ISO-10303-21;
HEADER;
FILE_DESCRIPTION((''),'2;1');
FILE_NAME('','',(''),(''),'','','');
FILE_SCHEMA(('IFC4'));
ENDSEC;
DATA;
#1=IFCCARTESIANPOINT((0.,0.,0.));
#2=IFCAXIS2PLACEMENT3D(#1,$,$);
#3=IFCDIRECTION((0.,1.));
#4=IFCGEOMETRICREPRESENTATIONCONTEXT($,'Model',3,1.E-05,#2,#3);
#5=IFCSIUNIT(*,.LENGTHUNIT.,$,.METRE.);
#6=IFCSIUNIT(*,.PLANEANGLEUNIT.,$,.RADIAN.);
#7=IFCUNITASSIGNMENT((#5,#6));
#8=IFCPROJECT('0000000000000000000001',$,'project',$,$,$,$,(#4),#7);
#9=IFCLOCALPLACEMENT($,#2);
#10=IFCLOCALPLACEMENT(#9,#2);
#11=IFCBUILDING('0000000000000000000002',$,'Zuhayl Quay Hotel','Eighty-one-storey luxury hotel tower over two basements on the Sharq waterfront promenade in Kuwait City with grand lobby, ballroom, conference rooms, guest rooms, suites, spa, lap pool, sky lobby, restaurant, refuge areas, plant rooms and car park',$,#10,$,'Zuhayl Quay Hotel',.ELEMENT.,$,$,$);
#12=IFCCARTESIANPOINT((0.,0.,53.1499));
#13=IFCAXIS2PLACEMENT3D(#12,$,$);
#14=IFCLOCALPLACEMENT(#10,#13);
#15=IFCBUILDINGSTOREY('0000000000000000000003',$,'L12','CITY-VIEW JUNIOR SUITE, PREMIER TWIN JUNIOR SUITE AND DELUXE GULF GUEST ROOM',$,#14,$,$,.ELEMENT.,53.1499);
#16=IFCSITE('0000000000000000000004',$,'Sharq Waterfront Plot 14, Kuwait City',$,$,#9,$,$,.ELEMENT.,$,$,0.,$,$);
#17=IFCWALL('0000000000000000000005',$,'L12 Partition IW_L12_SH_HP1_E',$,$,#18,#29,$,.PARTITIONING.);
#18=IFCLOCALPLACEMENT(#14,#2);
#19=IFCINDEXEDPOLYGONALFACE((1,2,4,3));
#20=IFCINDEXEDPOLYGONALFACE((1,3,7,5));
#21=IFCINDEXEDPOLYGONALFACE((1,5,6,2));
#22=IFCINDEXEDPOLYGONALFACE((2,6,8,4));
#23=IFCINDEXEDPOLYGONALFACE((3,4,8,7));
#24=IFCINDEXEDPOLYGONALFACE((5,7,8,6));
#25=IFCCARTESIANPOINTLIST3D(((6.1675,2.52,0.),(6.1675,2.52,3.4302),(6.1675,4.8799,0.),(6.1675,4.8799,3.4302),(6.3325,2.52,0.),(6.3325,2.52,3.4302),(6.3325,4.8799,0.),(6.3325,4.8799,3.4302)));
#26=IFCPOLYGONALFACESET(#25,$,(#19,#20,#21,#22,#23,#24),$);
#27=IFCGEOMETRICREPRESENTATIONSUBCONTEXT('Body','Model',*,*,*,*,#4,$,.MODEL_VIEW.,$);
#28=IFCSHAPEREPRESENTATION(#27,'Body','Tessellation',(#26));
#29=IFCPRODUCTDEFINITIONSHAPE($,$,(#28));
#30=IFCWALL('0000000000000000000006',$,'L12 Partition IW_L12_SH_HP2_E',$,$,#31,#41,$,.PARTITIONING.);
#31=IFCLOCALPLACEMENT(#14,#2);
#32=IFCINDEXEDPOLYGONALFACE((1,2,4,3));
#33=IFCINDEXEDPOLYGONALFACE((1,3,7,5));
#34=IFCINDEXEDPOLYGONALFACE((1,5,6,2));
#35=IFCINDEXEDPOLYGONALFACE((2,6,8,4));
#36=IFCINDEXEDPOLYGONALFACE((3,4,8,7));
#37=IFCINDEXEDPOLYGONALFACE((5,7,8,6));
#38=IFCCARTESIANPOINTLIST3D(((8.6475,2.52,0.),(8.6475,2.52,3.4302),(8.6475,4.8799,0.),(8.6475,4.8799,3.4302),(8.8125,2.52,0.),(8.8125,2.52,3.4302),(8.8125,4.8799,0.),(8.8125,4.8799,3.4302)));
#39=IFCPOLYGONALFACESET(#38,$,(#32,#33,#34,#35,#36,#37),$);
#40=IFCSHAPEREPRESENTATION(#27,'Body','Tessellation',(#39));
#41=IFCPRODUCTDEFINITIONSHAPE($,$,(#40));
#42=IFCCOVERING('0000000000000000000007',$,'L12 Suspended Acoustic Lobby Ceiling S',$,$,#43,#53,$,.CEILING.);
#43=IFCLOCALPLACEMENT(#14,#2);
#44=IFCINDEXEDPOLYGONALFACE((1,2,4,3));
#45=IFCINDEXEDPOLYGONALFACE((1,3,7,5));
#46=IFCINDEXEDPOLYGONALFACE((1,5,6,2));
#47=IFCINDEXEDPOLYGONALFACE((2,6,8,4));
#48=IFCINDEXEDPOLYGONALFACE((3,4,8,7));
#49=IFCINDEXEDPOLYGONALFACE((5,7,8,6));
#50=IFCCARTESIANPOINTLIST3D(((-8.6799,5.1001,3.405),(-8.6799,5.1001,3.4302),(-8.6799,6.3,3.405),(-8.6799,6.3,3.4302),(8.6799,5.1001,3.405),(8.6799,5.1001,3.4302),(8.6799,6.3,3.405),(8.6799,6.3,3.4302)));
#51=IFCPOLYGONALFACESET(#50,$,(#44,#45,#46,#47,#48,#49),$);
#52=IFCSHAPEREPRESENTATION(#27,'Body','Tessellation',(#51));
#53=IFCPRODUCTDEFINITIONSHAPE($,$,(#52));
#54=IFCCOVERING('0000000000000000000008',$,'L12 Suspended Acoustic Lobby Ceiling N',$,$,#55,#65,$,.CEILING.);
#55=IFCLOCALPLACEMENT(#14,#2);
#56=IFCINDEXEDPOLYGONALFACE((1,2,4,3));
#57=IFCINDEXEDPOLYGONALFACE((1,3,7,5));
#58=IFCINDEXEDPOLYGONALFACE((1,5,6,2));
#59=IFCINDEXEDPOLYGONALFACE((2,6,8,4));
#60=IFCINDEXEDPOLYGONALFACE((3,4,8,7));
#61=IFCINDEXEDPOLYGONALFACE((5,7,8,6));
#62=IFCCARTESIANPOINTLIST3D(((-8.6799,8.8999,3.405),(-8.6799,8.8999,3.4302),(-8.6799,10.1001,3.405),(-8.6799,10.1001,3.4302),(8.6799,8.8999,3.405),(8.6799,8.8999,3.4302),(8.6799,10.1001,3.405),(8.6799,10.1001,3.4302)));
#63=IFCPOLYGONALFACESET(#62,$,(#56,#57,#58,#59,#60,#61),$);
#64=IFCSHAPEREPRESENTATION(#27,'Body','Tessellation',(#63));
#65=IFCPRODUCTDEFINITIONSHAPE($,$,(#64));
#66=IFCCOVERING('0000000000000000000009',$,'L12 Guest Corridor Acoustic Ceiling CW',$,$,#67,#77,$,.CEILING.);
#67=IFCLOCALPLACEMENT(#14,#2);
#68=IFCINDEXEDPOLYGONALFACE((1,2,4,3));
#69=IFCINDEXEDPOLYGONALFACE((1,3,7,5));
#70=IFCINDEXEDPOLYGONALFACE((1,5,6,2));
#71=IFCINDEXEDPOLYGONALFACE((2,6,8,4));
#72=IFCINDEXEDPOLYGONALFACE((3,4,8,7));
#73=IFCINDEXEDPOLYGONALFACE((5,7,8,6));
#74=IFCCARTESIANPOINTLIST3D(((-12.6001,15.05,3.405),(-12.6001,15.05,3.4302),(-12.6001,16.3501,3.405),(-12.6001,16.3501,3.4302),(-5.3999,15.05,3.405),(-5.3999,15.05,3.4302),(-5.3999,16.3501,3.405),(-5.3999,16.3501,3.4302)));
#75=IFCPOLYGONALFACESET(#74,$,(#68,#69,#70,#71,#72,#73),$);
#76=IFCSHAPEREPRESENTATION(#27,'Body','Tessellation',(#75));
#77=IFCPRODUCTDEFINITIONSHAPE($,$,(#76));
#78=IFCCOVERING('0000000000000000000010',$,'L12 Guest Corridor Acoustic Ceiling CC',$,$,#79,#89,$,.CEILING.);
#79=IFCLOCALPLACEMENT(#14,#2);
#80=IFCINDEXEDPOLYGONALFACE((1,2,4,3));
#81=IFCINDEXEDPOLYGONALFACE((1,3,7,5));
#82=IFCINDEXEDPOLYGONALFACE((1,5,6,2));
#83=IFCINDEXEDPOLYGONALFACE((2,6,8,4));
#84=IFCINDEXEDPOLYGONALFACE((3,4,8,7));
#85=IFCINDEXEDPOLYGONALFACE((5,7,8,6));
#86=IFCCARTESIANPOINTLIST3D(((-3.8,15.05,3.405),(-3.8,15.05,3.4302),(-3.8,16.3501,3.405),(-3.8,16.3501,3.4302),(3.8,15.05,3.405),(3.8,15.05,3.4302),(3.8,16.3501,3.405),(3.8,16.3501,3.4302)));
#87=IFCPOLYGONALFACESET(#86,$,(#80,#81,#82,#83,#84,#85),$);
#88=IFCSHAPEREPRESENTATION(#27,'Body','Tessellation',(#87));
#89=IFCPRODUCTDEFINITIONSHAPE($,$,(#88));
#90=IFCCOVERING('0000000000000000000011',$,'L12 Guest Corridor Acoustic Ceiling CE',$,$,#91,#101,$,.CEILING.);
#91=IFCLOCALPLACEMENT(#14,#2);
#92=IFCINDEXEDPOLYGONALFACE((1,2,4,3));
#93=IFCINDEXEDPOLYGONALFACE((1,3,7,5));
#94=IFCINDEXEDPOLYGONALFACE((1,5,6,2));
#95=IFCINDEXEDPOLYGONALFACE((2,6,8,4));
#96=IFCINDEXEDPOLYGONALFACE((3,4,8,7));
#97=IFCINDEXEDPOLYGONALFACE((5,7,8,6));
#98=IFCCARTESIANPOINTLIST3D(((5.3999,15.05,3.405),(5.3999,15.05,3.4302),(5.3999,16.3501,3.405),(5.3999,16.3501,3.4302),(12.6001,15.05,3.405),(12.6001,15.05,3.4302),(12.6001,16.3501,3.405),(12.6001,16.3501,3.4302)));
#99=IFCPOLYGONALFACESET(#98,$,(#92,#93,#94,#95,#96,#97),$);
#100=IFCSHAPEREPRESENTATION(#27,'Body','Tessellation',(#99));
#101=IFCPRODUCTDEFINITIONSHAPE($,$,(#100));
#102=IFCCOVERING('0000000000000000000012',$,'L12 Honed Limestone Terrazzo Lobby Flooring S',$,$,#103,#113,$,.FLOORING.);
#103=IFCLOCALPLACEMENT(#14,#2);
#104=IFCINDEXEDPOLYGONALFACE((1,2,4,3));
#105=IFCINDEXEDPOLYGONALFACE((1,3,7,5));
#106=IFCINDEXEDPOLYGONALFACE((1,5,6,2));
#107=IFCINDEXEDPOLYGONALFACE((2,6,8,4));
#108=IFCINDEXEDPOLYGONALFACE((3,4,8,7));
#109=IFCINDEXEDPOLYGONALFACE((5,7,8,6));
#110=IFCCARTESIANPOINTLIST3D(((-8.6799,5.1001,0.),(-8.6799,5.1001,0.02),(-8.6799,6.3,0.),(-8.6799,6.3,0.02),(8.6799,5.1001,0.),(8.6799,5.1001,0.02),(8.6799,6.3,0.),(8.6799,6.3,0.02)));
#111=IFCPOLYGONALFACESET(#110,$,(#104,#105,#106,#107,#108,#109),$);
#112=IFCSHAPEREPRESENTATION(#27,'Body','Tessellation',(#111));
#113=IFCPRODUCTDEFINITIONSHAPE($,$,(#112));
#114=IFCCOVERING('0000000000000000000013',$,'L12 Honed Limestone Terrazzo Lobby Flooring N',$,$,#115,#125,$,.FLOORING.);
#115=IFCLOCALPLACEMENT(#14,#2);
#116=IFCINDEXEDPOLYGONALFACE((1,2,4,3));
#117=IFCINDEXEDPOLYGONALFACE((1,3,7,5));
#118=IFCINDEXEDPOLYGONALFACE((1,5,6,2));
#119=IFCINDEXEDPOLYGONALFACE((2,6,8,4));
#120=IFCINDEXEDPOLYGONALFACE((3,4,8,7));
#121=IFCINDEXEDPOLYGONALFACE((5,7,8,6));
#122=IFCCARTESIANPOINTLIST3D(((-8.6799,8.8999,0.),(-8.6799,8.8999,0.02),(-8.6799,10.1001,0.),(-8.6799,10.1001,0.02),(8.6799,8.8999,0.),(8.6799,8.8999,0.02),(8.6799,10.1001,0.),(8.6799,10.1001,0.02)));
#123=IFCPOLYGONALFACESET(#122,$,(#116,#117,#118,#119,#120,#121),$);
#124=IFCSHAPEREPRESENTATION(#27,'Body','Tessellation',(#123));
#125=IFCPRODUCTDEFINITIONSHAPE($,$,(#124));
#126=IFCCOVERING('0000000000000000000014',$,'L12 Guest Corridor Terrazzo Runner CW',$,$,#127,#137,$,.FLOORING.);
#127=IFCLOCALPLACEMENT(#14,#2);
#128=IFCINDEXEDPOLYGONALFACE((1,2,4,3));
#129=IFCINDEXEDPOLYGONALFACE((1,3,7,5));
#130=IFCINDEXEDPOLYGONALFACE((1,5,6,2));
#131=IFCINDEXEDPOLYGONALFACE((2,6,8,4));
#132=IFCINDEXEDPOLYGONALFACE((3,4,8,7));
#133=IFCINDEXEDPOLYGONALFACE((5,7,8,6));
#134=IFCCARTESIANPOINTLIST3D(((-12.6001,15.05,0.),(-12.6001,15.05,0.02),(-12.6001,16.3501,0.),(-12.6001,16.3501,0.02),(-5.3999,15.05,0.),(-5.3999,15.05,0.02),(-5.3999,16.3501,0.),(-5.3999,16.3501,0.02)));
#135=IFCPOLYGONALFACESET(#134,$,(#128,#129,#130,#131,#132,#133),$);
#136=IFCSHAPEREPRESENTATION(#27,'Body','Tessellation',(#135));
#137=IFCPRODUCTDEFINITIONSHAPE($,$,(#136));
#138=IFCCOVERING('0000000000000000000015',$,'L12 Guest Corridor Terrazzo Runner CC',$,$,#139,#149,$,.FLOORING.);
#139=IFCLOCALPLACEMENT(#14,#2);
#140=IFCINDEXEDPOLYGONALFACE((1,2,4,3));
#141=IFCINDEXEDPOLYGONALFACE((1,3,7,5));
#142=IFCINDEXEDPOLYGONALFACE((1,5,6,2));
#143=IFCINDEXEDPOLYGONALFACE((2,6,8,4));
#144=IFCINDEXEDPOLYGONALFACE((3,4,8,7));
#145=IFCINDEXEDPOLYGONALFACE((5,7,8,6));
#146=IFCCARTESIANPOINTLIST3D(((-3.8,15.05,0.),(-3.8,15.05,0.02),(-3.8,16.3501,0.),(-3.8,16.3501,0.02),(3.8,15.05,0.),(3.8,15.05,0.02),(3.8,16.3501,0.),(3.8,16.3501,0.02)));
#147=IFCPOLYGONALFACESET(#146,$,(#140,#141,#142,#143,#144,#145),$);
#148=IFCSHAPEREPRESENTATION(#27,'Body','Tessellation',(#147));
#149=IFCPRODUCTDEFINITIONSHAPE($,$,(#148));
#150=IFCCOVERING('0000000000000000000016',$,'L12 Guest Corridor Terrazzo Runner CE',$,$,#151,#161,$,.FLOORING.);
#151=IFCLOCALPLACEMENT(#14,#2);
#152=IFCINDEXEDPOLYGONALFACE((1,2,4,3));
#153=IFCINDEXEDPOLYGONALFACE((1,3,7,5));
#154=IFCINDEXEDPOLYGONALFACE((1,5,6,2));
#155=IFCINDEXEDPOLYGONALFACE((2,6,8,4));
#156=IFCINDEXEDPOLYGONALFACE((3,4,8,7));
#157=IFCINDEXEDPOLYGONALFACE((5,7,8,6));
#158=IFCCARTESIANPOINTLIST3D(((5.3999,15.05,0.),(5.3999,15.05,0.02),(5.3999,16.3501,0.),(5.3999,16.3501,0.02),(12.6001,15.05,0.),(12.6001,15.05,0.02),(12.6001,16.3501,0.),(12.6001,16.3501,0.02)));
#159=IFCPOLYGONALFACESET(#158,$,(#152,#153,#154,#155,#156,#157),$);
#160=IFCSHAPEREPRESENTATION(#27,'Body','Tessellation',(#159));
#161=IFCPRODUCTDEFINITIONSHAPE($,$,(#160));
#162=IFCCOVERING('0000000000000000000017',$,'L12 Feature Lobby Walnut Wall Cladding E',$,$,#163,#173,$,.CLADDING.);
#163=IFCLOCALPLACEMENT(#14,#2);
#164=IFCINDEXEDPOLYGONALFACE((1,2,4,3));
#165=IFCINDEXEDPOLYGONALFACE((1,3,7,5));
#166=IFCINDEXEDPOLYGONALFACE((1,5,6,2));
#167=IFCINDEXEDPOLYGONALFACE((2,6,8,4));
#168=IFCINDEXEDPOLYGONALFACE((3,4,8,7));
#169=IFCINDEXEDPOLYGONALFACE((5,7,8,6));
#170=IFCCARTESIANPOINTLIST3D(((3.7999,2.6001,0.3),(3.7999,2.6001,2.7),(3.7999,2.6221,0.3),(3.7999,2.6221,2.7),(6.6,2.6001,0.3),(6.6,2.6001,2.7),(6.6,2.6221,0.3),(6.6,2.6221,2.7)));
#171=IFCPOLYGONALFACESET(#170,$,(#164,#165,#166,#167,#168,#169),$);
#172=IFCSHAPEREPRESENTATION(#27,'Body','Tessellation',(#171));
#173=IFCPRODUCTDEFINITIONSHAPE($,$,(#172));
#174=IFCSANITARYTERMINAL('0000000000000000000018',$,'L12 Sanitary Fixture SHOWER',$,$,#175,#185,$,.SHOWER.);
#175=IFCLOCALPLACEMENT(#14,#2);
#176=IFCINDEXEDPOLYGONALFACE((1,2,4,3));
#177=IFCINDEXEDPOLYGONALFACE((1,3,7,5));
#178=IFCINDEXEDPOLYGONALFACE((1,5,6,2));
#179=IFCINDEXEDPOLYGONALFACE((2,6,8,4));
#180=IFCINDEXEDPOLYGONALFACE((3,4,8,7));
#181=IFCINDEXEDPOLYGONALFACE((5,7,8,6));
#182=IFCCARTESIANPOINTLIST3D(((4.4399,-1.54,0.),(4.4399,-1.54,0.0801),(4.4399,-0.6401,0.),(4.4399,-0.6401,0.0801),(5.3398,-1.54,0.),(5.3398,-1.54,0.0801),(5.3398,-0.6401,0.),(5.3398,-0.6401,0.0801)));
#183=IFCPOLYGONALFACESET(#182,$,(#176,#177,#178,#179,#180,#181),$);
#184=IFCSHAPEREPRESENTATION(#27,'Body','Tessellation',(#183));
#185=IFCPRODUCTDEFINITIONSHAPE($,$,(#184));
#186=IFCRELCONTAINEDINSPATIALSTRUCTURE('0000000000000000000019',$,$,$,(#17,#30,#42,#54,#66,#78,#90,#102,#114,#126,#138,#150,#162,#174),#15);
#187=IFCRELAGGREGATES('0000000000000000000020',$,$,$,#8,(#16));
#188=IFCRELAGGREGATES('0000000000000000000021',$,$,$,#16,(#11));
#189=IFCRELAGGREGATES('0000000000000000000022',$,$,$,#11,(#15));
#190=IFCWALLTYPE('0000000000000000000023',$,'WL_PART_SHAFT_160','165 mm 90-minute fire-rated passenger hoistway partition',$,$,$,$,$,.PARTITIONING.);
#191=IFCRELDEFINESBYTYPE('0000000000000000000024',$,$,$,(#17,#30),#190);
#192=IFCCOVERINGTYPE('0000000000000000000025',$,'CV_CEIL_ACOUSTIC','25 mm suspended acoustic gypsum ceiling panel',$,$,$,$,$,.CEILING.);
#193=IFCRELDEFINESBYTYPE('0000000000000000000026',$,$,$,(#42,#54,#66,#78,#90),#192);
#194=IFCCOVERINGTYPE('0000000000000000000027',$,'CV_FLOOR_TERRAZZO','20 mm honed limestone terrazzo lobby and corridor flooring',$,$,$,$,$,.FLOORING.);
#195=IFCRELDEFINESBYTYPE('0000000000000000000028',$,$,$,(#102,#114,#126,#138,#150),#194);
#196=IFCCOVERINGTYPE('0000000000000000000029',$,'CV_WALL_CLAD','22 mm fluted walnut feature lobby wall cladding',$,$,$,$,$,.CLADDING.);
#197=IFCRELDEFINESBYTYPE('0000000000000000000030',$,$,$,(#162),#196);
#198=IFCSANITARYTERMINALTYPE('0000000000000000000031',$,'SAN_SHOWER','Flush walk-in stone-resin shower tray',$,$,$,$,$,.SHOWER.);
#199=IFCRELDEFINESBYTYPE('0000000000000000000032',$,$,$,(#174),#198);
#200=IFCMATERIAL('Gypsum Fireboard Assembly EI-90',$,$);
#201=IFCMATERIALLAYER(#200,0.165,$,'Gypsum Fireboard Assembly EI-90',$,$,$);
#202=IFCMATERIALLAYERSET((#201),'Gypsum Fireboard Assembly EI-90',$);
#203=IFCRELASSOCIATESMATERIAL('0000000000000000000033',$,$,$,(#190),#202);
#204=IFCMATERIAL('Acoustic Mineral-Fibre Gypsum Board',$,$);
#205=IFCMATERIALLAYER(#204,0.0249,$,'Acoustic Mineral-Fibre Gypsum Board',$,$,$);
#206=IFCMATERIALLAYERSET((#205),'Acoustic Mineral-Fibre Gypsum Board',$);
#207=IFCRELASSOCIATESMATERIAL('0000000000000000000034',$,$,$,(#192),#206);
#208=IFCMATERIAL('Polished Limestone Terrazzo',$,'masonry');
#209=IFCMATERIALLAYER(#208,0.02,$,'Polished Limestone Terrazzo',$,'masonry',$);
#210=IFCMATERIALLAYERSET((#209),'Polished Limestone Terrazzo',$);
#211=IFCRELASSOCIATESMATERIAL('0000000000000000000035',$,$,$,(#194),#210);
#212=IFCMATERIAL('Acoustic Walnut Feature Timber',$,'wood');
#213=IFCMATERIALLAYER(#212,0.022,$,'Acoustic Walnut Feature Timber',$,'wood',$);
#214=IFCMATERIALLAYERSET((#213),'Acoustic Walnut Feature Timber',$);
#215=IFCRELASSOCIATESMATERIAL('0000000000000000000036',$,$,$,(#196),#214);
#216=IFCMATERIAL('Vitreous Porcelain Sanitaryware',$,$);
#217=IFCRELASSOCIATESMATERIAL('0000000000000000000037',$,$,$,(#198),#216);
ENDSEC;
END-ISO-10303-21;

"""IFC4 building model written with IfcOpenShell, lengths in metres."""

from ifc_helpers import new_model, si_unit, direction, frame, frame_2d, origin, origin_2d, place, context, subcontext, project, spatial, polyline, rectangle, outline, extrude, material, layer, layer_set, type_object, element, save


model = new_model("IFC4")

# Units and contexts
model_context = context("Model", 3, precision=1e-05, world=origin(), true_north=direction((0.0, 1.0)))
body_context = subcontext(model_context, "Body", "Model", "MODEL_VIEW")
ifc_project = project(units=[si_unit("LENGTHUNIT", "METRE"), si_unit("PLANEANGLEUNIT", "RADIAN")], contexts=[model_context])

# Site, building, storey
site_placement = place(None, origin())
site = spatial("IfcSite", under=ifc_project, at=site_placement, Name="Sharq Waterfront Plot 14, Kuwait City", CompositionType="ELEMENT", RefElevation=0.0)
building_placement = place(site_placement, origin())
building = spatial("IfcBuilding", under=site, at=building_placement, Name="Zuhayl Quay Hotel", Description="Eighty-one-storey luxury hotel tower over two basements on the Sharq waterfront promenade in Kuwait City with grand lobby, ballroom, conference rooms, guest rooms, suites, spa, lap pool, sky lobby, restaurant, refuge areas, plant rooms and car park", LongName="Zuhayl Quay Hotel", CompositionType="ELEMENT")
storey_placement = place(building_placement, frame((0.0, 0.0, 53.1499)))
storey = spatial("IfcBuildingStorey", under=building, at=storey_placement, Name="L12", Description="CITY-VIEW JUNIOR SUITE, PREMIER TWIN JUNIOR SUITE AND DELUXE GULF GUEST ROOM", CompositionType="ELEMENT", Elevation=53.1499)

# Walls
ifc_material_1 = material(Name="Gypsum Fireboard Assembly EI-90")
ifc_layer_1 = layer(ifc_material_1, 0.165, Name="Gypsum Fireboard Assembly EI-90")
ifc_layer_set_1 = layer_set([ifc_layer_1], Name="Gypsum Fireboard Assembly EI-90")
wall_type_1 = type_object("IfcWallType", Name="WL_PART_SHAFT_160", Description="165 mm 90-minute fire-rated passenger hoistway partition", PredefinedType="PARTITIONING", material=ifc_layer_set_1)
for number, where, z_axis, x_axis, name in (
    (1, (6.25, 2.52, 0.0), (0.0, 0.0, 1.0), (0.0, 1.0, 0.0), "L12 Partition IW_L12_SH_HP1_E"),
    (2, (8.73, 2.52, 0.0), (0.0, 0.0, 1.0), (0.0, 1.0, 0.0), "L12 Partition IW_L12_SH_HP2_E"),
):
    element("IfcWall", number, at=place(storey_placement, frame(where, z_axis=z_axis, x_axis=x_axis)), inside=storey, type_object=wall_type_1, Name=name, PredefinedType="PARTITIONING", context=body_context, shape_type="SweptSolid", body=[
        extrude(rectangle(XDim=2.3599, YDim=0.165, at=frame_2d((1.1799, 0.0))), origin(), (0.0, 0.0, 1.0), 3.4302),
    ])

# Coverings
ifc_material_2 = material(Name="Acoustic Mineral-Fibre Gypsum Board")
ifc_layer_2 = layer(ifc_material_2, 0.0249, Name="Acoustic Mineral-Fibre Gypsum Board")
ifc_layer_set_2 = layer_set([ifc_layer_2], Name="Acoustic Mineral-Fibre Gypsum Board")
covering_type_1 = type_object("IfcCoveringType", Name="CV_CEIL_ACOUSTIC", Description="25 mm suspended acoustic gypsum ceiling panel", PredefinedType="CEILING", material=ifc_layer_set_2)
covering_1_placement = place(storey_placement, frame((0.0, 0.0, 3.405)))
element("IfcCovering", 3, at=covering_1_placement, inside=storey, type_object=covering_type_1, Name="L12 Suspended Acoustic Lobby Ceiling S", PredefinedType="CEILING", context=body_context, shape_type="SweptSolid", body=[
    extrude(outline(polyline([(-8.6799, 5.1001), (8.6799, 5.1001), (8.6799, 6.3), (-8.6799, 6.3), (-8.6799, 5.1001)])), origin(), (0.0, 0.0, 1.0), 0.0251),
])
covering_2_placement = place(storey_placement, frame((0.0, 0.0, 3.405)))
element("IfcCovering", 4, at=covering_2_placement, inside=storey, type_object=covering_type_1, Name="L12 Suspended Acoustic Lobby Ceiling N", PredefinedType="CEILING", context=body_context, shape_type="SweptSolid", body=[
    extrude(outline(polyline([(-8.6799, 8.8999), (8.6799, 8.8999), (8.6799, 10.1001), (-8.6799, 10.1001), (-8.6799, 8.8999)])), origin(), (0.0, 0.0, 1.0), 0.0251),
])
covering_3_placement = place(storey_placement, frame((0.0, 0.0, 3.405)))
element("IfcCovering", 5, at=covering_3_placement, inside=storey, type_object=covering_type_1, Name="L12 Guest Corridor Acoustic Ceiling CW", PredefinedType="CEILING", context=body_context, shape_type="SweptSolid", body=[
    extrude(outline(polyline([(-12.6001, 15.05), (-5.3999, 15.05), (-5.3999, 16.3501), (-12.6001, 16.3501), (-12.6001, 15.05)])), origin(), (0.0, 0.0, 1.0), 0.0251),
])
covering_4_placement = place(storey_placement, frame((0.0, 0.0, 3.405)))
element("IfcCovering", 6, at=covering_4_placement, inside=storey, type_object=covering_type_1, Name="L12 Guest Corridor Acoustic Ceiling CC", PredefinedType="CEILING", context=body_context, shape_type="SweptSolid", body=[
    extrude(outline(polyline([(-3.8, 15.05), (3.8, 15.05), (3.8, 16.3501), (-3.8, 16.3501), (-3.8, 15.05)])), origin(), (0.0, 0.0, 1.0), 0.0251),
])
covering_5_placement = place(storey_placement, frame((0.0, 0.0, 3.405)))
element("IfcCovering", 7, at=covering_5_placement, inside=storey, type_object=covering_type_1, Name="L12 Guest Corridor Acoustic Ceiling CE", PredefinedType="CEILING", context=body_context, shape_type="SweptSolid", body=[
    extrude(outline(polyline([(5.3999, 15.05), (12.6001, 15.05), (12.6001, 16.3501), (5.3999, 16.3501), (5.3999, 15.05)])), origin(), (0.0, 0.0, 1.0), 0.0251),
])
ifc_material_3 = material(Name="Polished Limestone Terrazzo", Category="masonry")
ifc_layer_3 = layer(ifc_material_3, 0.02, Name="Polished Limestone Terrazzo", Category="masonry")
ifc_layer_set_3 = layer_set([ifc_layer_3], Name="Polished Limestone Terrazzo")
covering_type_2 = type_object("IfcCoveringType", Name="CV_FLOOR_TERRAZZO", Description="20 mm honed limestone terrazzo lobby and corridor flooring", PredefinedType="FLOORING", material=ifc_layer_set_3)
covering_6_placement = place(storey_placement, origin())
element("IfcCovering", 8, at=covering_6_placement, inside=storey, type_object=covering_type_2, Name="L12 Honed Limestone Terrazzo Lobby Flooring S", PredefinedType="FLOORING", context=body_context, shape_type="SweptSolid", body=[
    extrude(outline(polyline([(-8.6799, 5.1001), (8.6799, 5.1001), (8.6799, 6.3), (-8.6799, 6.3), (-8.6799, 5.1001)])), origin(), (0.0, 0.0, 1.0), 0.02),
])
covering_7_placement = place(storey_placement, origin())
element("IfcCovering", 9, at=covering_7_placement, inside=storey, type_object=covering_type_2, Name="L12 Honed Limestone Terrazzo Lobby Flooring N", PredefinedType="FLOORING", context=body_context, shape_type="SweptSolid", body=[
    extrude(outline(polyline([(-8.6799, 8.8999), (8.6799, 8.8999), (8.6799, 10.1001), (-8.6799, 10.1001), (-8.6799, 8.8999)])), origin(), (0.0, 0.0, 1.0), 0.02),
])
covering_8_placement = place(storey_placement, origin())
element("IfcCovering", 10, at=covering_8_placement, inside=storey, type_object=covering_type_2, Name="L12 Guest Corridor Terrazzo Runner CW", PredefinedType="FLOORING", context=body_context, shape_type="SweptSolid", body=[
    extrude(outline(polyline([(-12.6001, 15.05), (-5.3999, 15.05), (-5.3999, 16.3501), (-12.6001, 16.3501), (-12.6001, 15.05)])), origin(), (0.0, 0.0, 1.0), 0.02),
])
covering_9_placement = place(storey_placement, origin())
element("IfcCovering", 11, at=covering_9_placement, inside=storey, type_object=covering_type_2, Name="L12 Guest Corridor Terrazzo Runner CC", PredefinedType="FLOORING", context=body_context, shape_type="SweptSolid", body=[
    extrude(outline(polyline([(-3.8, 15.05), (3.8, 15.05), (3.8, 16.3501), (-3.8, 16.3501), (-3.8, 15.05)])), origin(), (0.0, 0.0, 1.0), 0.02),
])
covering_10_placement = place(storey_placement, origin())
element("IfcCovering", 12, at=covering_10_placement, inside=storey, type_object=covering_type_2, Name="L12 Guest Corridor Terrazzo Runner CE", PredefinedType="FLOORING", context=body_context, shape_type="SweptSolid", body=[
    extrude(outline(polyline([(5.3999, 15.05), (12.6001, 15.05), (12.6001, 16.3501), (5.3999, 16.3501), (5.3999, 15.05)])), origin(), (0.0, 0.0, 1.0), 0.02),
])
ifc_material_4 = material(Name="Acoustic Walnut Feature Timber", Category="wood")
ifc_layer_4 = layer(ifc_material_4, 0.022, Name="Acoustic Walnut Feature Timber", Category="wood")
ifc_layer_set_4 = layer_set([ifc_layer_4], Name="Acoustic Walnut Feature Timber")
covering_type_3 = type_object("IfcCoveringType", Name="CV_WALL_CLAD", Description="22 mm fluted walnut feature lobby wall cladding", PredefinedType="CLADDING", material=ifc_layer_set_4)
covering_11_placement = place(storey_placement, frame((5.2, 2.6111, 0.3), z_axis=(0.0, 0.0, 1.0), x_axis=(1.0, 0.0, 0.0)))
element("IfcCovering", 13, at=covering_11_placement, inside=storey, type_object=covering_type_3, Name="L12 Feature Lobby Walnut Wall Cladding E", PredefinedType="CLADDING", context=body_context, shape_type="SweptSolid", body=[
    extrude(rectangle(XDim=2.8, YDim=0.022, at=origin_2d()), origin(), (0.0, 0.0, 1.0), 2.3999),
])

# Sanitary terminal
ifc_material_5 = material(Name="Vitreous Porcelain Sanitaryware")
sanitary_terminal_type = type_object("IfcSanitaryTerminalType", Name="SAN_SHOWER", Description="Flush walk-in stone-resin shower tray", PredefinedType="SHOWER", material=ifc_material_5)
sanitary_terminal_placement = place(storey_placement, frame((4.8899, -1.0901, 0.0), z_axis=(0.0, 0.0, 1.0), x_axis=(1.0, 0.0, 0.0)))
element("IfcSanitaryTerminal", 14, at=sanitary_terminal_placement, inside=storey, type_object=sanitary_terminal_type, Name="L12 Sanitary Fixture SHOWER", PredefinedType="SHOWER", context=body_context, shape_type="SweptSolid", body=[
    extrude(rectangle(XDim=0.8999, YDim=0.8999, at=origin_2d()), origin(), (0.0, 0.0, 1.0), 0.0801),
])

save(model, "model.ifc")
